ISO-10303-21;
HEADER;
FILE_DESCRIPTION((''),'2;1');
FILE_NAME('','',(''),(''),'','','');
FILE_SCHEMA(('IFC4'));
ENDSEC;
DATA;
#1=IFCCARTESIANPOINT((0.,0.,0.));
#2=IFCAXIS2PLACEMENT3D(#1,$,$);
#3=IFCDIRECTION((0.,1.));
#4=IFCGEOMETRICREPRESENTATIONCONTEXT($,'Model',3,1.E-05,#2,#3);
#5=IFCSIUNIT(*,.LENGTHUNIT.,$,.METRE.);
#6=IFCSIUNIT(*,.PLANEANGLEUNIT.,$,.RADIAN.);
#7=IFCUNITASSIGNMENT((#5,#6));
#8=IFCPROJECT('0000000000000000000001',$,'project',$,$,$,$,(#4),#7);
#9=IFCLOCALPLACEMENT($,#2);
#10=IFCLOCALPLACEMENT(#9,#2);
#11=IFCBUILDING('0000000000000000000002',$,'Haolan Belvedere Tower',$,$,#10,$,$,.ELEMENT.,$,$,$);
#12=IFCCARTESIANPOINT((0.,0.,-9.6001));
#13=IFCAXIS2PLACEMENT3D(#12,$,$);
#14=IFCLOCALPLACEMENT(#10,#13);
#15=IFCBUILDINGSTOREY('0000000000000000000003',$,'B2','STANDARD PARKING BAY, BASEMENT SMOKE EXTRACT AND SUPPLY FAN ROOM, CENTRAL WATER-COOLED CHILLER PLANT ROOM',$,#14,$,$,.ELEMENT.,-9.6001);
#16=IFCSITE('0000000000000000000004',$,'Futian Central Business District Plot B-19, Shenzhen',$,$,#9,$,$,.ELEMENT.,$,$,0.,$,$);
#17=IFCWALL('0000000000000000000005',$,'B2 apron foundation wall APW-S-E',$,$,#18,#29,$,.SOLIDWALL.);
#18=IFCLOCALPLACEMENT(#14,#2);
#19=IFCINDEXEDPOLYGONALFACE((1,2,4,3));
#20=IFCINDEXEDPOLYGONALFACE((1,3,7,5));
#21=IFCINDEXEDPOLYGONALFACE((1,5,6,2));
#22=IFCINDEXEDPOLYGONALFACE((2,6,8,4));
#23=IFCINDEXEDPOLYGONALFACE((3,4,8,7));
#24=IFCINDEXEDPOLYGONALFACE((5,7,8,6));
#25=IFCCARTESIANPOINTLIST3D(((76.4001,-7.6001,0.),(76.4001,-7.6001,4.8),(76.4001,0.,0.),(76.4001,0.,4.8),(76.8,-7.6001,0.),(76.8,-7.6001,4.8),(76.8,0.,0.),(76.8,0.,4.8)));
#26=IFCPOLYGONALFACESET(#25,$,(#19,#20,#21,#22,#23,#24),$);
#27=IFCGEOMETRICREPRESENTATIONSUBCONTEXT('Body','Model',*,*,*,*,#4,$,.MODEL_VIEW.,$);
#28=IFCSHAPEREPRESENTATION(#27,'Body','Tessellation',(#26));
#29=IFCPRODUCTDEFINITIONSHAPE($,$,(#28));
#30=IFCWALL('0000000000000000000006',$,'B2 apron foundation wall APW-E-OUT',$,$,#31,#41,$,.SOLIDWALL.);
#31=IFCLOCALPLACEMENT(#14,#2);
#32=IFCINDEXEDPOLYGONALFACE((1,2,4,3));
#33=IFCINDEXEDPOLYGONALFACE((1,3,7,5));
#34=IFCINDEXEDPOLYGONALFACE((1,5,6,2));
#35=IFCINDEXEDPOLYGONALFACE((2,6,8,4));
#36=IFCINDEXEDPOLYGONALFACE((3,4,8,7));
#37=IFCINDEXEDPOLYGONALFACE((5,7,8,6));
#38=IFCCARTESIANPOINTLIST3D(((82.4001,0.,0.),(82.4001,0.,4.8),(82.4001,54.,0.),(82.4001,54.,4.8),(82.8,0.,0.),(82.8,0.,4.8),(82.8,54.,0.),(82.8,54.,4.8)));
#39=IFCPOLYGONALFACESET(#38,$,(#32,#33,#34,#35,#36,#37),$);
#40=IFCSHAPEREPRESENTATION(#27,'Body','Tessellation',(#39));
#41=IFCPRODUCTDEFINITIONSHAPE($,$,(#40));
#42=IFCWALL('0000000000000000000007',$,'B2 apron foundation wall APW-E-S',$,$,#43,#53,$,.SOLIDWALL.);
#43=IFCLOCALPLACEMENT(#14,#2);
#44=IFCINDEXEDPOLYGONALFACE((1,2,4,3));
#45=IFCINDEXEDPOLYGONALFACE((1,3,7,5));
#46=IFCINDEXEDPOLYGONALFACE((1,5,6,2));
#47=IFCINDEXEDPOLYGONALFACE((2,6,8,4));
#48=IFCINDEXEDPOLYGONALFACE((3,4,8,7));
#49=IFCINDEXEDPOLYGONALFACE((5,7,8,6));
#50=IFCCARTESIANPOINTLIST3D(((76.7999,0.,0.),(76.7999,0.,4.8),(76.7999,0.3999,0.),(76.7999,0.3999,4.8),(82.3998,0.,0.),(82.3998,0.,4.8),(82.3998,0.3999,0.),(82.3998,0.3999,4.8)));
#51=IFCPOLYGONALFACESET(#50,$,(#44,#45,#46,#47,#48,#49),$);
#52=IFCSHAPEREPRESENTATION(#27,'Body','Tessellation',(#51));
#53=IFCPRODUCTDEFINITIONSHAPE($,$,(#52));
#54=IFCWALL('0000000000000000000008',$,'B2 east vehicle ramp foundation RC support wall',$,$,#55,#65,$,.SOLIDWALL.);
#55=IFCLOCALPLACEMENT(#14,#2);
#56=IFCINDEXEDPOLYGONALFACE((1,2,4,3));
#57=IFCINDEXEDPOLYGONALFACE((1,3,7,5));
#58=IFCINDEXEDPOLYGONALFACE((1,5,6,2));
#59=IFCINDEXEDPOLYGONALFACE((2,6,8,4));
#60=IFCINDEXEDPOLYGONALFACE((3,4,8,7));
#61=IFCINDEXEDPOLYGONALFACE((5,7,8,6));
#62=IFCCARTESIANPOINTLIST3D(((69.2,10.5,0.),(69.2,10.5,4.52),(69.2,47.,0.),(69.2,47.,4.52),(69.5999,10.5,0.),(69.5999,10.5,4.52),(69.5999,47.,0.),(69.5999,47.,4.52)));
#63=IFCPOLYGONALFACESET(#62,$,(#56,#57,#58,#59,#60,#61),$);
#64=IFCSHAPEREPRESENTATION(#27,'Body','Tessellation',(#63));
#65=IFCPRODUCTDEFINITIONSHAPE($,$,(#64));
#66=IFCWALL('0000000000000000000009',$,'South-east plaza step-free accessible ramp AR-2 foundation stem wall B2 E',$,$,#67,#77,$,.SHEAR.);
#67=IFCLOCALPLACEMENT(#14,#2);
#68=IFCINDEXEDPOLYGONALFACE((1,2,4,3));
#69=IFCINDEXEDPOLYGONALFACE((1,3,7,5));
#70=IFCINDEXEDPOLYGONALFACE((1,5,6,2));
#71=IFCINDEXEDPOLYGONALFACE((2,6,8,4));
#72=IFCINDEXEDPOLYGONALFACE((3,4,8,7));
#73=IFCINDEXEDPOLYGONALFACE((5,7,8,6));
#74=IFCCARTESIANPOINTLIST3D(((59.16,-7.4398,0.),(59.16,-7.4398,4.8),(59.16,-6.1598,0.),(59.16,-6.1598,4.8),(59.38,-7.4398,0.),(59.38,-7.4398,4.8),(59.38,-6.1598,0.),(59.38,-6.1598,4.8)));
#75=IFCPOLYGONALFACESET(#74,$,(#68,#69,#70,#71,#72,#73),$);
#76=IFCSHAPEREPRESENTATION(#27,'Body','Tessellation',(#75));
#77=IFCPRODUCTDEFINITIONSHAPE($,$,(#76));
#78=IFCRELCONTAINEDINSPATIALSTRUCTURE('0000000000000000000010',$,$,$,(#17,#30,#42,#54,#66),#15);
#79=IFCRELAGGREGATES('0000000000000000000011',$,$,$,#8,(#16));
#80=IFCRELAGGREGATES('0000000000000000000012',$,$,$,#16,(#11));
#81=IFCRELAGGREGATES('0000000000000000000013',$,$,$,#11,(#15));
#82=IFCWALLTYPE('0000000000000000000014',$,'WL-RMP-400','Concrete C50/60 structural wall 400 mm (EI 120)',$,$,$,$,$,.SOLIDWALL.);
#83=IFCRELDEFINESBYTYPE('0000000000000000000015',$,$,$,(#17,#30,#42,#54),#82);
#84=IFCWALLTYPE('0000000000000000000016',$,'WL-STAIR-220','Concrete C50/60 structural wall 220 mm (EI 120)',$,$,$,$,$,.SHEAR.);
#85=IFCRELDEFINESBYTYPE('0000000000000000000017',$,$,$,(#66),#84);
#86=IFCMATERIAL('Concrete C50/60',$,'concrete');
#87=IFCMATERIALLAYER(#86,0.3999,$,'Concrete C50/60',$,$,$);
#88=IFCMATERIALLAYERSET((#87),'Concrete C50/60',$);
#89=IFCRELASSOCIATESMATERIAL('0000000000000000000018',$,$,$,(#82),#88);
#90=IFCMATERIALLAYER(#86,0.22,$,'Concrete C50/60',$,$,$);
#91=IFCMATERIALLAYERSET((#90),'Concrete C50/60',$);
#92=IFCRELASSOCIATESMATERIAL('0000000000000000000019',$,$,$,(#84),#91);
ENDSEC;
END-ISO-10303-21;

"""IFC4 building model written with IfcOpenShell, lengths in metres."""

from ifc_helpers import new_model, si_unit, direction, frame, frame_2d, origin, place, context, subcontext, project, spatial, rectangle, extrude, material, layer, layer_set, type_object, element, save


model = new_model("IFC4")

# Units and contexts
model_context = context("Model", 3, precision=1e-05, world=origin(), true_north=direction((0.0, 1.0)))
body_context = subcontext(model_context, "Body", "Model", "MODEL_VIEW")
ifc_project = project(units=[si_unit("LENGTHUNIT", "METRE"), si_unit("PLANEANGLEUNIT", "RADIAN")], contexts=[model_context])

# Site, building, storey
site_placement = place(None, origin())
site = spatial("IfcSite", under=ifc_project, at=site_placement, Name="Futian Central Business District Plot B-19, Shenzhen", CompositionType="ELEMENT", RefElevation=0.0)
building_placement = place(site_placement, origin())
building = spatial("IfcBuilding", under=site, at=building_placement, Name="Haolan Belvedere Tower", CompositionType="ELEMENT")
storey_placement = place(building_placement, frame((0.0, 0.0, -9.6001)))
storey = spatial("IfcBuildingStorey", under=building, at=storey_placement, Name="B2", Description="STANDARD PARKING BAY, BASEMENT SMOKE EXTRACT AND SUPPLY FAN ROOM, CENTRAL WATER-COOLED CHILLER PLANT ROOM", CompositionType="ELEMENT", Elevation=-9.6001)

# Shared definitions
ifc_material_1 = material(Name="Concrete C50/60", Category="concrete")

# Walls
ifc_layer_1 = layer(ifc_material_1, 0.3999, Name="Concrete C50/60")
ifc_layer_set_1 = layer_set([ifc_layer_1], Name="Concrete C50/60")
wall_type_1 = type_object("IfcWallType", Name="WL-RMP-400", Description="Concrete C50/60 structural wall 400 mm (EI 120)", PredefinedType="SOLIDWALL", material=ifc_layer_set_1)
wall_1_placement = place(storey_placement, frame((76.6001, -7.6001, 0.0), z_axis=(0.0, 0.0, 1.0), x_axis=(0.0, 1.0, 0.0)))
element("IfcWall", 1, at=wall_1_placement, inside=storey, type_object=wall_type_1, Name="B2 apron foundation wall APW-S-E", PredefinedType="SOLIDWALL", context=body_context, shape_type="SweptSolid", body=[
    extrude(rectangle(XDim=7.6001, YDim=0.3999, at=frame_2d((3.8, 0.0))), origin(), (0.0, 0.0, 1.0), 4.8),
])
wall_2_placement = place(storey_placement, frame((82.6001, 0.0, 0.0), z_axis=(0.0, 0.0, 1.0), x_axis=(0.0, 1.0, 0.0)))
element("IfcWall", 2, at=wall_2_placement, inside=storey, type_object=wall_type_1, Name="B2 apron foundation wall APW-E-OUT", PredefinedType="SOLIDWALL", context=body_context, shape_type="SweptSolid", body=[
    extrude(rectangle(XDim=54.0, YDim=0.3999, at=frame_2d((27.0, 0.0))), origin(), (0.0, 0.0, 1.0), 4.8),
])
wall_3_placement = place(storey_placement, frame((76.8, 0.2, 0.0), z_axis=(0.0, 0.0, 1.0), x_axis=(1.0, 0.0, 0.0)))
element("IfcWall", 3, at=wall_3_placement, inside=storey, type_object=wall_type_1, Name="B2 apron foundation wall APW-E-S", PredefinedType="SOLIDWALL", context=body_context, shape_type="SweptSolid", body=[
    extrude(rectangle(XDim=5.5999, YDim=0.3999, at=frame_2d((2.7998, 0.0))), origin(), (0.0, 0.0, 1.0), 4.8),
])
wall_4_placement = place(storey_placement, frame((69.3999, 10.5, 0.0), z_axis=(0.0, 0.0, 1.0), x_axis=(0.0, 1.0, 0.0)))
element("IfcWall", 4, at=wall_4_placement, inside=storey, type_object=wall_type_1, Name="B2 east vehicle ramp foundation RC support wall", PredefinedType="SOLIDWALL", context=body_context, shape_type="SweptSolid", body=[
    extrude(rectangle(XDim=36.5, YDim=0.3999, at=frame_2d((18.25, 0.0))), origin(), (0.0, 0.0, 1.0), 4.52),
])
ifc_layer_2 = layer(ifc_material_1, 0.22, Name="Concrete C50/60")
ifc_layer_set_2 = layer_set([ifc_layer_2], Name="Concrete C50/60")
wall_type_2 = type_object("IfcWallType", Name="WL-STAIR-220", Description="Concrete C50/60 structural wall 220 mm (EI 120)", PredefinedType="SHEAR", material=ifc_layer_set_2)
wall_5_placement = place(storey_placement, frame((59.27, -7.4399, 0.0), z_axis=(0.0, 0.0, 1.0), x_axis=(0.0, 1.0, 0.0)))
element("IfcWall", 5, at=wall_5_placement, inside=storey, type_object=wall_type_2, Name="South-east plaza step-free accessible ramp AR-2 foundation stem wall B2 E", PredefinedType="SHEAR", context=body_context, shape_type="SweptSolid", body=[
    extrude(rectangle(XDim=1.28, YDim=0.22, at=frame_2d((0.6401, 0.0))), origin(), (0.0, 0.0, 1.0), 4.8),
])

save(model, "model.ifc")
